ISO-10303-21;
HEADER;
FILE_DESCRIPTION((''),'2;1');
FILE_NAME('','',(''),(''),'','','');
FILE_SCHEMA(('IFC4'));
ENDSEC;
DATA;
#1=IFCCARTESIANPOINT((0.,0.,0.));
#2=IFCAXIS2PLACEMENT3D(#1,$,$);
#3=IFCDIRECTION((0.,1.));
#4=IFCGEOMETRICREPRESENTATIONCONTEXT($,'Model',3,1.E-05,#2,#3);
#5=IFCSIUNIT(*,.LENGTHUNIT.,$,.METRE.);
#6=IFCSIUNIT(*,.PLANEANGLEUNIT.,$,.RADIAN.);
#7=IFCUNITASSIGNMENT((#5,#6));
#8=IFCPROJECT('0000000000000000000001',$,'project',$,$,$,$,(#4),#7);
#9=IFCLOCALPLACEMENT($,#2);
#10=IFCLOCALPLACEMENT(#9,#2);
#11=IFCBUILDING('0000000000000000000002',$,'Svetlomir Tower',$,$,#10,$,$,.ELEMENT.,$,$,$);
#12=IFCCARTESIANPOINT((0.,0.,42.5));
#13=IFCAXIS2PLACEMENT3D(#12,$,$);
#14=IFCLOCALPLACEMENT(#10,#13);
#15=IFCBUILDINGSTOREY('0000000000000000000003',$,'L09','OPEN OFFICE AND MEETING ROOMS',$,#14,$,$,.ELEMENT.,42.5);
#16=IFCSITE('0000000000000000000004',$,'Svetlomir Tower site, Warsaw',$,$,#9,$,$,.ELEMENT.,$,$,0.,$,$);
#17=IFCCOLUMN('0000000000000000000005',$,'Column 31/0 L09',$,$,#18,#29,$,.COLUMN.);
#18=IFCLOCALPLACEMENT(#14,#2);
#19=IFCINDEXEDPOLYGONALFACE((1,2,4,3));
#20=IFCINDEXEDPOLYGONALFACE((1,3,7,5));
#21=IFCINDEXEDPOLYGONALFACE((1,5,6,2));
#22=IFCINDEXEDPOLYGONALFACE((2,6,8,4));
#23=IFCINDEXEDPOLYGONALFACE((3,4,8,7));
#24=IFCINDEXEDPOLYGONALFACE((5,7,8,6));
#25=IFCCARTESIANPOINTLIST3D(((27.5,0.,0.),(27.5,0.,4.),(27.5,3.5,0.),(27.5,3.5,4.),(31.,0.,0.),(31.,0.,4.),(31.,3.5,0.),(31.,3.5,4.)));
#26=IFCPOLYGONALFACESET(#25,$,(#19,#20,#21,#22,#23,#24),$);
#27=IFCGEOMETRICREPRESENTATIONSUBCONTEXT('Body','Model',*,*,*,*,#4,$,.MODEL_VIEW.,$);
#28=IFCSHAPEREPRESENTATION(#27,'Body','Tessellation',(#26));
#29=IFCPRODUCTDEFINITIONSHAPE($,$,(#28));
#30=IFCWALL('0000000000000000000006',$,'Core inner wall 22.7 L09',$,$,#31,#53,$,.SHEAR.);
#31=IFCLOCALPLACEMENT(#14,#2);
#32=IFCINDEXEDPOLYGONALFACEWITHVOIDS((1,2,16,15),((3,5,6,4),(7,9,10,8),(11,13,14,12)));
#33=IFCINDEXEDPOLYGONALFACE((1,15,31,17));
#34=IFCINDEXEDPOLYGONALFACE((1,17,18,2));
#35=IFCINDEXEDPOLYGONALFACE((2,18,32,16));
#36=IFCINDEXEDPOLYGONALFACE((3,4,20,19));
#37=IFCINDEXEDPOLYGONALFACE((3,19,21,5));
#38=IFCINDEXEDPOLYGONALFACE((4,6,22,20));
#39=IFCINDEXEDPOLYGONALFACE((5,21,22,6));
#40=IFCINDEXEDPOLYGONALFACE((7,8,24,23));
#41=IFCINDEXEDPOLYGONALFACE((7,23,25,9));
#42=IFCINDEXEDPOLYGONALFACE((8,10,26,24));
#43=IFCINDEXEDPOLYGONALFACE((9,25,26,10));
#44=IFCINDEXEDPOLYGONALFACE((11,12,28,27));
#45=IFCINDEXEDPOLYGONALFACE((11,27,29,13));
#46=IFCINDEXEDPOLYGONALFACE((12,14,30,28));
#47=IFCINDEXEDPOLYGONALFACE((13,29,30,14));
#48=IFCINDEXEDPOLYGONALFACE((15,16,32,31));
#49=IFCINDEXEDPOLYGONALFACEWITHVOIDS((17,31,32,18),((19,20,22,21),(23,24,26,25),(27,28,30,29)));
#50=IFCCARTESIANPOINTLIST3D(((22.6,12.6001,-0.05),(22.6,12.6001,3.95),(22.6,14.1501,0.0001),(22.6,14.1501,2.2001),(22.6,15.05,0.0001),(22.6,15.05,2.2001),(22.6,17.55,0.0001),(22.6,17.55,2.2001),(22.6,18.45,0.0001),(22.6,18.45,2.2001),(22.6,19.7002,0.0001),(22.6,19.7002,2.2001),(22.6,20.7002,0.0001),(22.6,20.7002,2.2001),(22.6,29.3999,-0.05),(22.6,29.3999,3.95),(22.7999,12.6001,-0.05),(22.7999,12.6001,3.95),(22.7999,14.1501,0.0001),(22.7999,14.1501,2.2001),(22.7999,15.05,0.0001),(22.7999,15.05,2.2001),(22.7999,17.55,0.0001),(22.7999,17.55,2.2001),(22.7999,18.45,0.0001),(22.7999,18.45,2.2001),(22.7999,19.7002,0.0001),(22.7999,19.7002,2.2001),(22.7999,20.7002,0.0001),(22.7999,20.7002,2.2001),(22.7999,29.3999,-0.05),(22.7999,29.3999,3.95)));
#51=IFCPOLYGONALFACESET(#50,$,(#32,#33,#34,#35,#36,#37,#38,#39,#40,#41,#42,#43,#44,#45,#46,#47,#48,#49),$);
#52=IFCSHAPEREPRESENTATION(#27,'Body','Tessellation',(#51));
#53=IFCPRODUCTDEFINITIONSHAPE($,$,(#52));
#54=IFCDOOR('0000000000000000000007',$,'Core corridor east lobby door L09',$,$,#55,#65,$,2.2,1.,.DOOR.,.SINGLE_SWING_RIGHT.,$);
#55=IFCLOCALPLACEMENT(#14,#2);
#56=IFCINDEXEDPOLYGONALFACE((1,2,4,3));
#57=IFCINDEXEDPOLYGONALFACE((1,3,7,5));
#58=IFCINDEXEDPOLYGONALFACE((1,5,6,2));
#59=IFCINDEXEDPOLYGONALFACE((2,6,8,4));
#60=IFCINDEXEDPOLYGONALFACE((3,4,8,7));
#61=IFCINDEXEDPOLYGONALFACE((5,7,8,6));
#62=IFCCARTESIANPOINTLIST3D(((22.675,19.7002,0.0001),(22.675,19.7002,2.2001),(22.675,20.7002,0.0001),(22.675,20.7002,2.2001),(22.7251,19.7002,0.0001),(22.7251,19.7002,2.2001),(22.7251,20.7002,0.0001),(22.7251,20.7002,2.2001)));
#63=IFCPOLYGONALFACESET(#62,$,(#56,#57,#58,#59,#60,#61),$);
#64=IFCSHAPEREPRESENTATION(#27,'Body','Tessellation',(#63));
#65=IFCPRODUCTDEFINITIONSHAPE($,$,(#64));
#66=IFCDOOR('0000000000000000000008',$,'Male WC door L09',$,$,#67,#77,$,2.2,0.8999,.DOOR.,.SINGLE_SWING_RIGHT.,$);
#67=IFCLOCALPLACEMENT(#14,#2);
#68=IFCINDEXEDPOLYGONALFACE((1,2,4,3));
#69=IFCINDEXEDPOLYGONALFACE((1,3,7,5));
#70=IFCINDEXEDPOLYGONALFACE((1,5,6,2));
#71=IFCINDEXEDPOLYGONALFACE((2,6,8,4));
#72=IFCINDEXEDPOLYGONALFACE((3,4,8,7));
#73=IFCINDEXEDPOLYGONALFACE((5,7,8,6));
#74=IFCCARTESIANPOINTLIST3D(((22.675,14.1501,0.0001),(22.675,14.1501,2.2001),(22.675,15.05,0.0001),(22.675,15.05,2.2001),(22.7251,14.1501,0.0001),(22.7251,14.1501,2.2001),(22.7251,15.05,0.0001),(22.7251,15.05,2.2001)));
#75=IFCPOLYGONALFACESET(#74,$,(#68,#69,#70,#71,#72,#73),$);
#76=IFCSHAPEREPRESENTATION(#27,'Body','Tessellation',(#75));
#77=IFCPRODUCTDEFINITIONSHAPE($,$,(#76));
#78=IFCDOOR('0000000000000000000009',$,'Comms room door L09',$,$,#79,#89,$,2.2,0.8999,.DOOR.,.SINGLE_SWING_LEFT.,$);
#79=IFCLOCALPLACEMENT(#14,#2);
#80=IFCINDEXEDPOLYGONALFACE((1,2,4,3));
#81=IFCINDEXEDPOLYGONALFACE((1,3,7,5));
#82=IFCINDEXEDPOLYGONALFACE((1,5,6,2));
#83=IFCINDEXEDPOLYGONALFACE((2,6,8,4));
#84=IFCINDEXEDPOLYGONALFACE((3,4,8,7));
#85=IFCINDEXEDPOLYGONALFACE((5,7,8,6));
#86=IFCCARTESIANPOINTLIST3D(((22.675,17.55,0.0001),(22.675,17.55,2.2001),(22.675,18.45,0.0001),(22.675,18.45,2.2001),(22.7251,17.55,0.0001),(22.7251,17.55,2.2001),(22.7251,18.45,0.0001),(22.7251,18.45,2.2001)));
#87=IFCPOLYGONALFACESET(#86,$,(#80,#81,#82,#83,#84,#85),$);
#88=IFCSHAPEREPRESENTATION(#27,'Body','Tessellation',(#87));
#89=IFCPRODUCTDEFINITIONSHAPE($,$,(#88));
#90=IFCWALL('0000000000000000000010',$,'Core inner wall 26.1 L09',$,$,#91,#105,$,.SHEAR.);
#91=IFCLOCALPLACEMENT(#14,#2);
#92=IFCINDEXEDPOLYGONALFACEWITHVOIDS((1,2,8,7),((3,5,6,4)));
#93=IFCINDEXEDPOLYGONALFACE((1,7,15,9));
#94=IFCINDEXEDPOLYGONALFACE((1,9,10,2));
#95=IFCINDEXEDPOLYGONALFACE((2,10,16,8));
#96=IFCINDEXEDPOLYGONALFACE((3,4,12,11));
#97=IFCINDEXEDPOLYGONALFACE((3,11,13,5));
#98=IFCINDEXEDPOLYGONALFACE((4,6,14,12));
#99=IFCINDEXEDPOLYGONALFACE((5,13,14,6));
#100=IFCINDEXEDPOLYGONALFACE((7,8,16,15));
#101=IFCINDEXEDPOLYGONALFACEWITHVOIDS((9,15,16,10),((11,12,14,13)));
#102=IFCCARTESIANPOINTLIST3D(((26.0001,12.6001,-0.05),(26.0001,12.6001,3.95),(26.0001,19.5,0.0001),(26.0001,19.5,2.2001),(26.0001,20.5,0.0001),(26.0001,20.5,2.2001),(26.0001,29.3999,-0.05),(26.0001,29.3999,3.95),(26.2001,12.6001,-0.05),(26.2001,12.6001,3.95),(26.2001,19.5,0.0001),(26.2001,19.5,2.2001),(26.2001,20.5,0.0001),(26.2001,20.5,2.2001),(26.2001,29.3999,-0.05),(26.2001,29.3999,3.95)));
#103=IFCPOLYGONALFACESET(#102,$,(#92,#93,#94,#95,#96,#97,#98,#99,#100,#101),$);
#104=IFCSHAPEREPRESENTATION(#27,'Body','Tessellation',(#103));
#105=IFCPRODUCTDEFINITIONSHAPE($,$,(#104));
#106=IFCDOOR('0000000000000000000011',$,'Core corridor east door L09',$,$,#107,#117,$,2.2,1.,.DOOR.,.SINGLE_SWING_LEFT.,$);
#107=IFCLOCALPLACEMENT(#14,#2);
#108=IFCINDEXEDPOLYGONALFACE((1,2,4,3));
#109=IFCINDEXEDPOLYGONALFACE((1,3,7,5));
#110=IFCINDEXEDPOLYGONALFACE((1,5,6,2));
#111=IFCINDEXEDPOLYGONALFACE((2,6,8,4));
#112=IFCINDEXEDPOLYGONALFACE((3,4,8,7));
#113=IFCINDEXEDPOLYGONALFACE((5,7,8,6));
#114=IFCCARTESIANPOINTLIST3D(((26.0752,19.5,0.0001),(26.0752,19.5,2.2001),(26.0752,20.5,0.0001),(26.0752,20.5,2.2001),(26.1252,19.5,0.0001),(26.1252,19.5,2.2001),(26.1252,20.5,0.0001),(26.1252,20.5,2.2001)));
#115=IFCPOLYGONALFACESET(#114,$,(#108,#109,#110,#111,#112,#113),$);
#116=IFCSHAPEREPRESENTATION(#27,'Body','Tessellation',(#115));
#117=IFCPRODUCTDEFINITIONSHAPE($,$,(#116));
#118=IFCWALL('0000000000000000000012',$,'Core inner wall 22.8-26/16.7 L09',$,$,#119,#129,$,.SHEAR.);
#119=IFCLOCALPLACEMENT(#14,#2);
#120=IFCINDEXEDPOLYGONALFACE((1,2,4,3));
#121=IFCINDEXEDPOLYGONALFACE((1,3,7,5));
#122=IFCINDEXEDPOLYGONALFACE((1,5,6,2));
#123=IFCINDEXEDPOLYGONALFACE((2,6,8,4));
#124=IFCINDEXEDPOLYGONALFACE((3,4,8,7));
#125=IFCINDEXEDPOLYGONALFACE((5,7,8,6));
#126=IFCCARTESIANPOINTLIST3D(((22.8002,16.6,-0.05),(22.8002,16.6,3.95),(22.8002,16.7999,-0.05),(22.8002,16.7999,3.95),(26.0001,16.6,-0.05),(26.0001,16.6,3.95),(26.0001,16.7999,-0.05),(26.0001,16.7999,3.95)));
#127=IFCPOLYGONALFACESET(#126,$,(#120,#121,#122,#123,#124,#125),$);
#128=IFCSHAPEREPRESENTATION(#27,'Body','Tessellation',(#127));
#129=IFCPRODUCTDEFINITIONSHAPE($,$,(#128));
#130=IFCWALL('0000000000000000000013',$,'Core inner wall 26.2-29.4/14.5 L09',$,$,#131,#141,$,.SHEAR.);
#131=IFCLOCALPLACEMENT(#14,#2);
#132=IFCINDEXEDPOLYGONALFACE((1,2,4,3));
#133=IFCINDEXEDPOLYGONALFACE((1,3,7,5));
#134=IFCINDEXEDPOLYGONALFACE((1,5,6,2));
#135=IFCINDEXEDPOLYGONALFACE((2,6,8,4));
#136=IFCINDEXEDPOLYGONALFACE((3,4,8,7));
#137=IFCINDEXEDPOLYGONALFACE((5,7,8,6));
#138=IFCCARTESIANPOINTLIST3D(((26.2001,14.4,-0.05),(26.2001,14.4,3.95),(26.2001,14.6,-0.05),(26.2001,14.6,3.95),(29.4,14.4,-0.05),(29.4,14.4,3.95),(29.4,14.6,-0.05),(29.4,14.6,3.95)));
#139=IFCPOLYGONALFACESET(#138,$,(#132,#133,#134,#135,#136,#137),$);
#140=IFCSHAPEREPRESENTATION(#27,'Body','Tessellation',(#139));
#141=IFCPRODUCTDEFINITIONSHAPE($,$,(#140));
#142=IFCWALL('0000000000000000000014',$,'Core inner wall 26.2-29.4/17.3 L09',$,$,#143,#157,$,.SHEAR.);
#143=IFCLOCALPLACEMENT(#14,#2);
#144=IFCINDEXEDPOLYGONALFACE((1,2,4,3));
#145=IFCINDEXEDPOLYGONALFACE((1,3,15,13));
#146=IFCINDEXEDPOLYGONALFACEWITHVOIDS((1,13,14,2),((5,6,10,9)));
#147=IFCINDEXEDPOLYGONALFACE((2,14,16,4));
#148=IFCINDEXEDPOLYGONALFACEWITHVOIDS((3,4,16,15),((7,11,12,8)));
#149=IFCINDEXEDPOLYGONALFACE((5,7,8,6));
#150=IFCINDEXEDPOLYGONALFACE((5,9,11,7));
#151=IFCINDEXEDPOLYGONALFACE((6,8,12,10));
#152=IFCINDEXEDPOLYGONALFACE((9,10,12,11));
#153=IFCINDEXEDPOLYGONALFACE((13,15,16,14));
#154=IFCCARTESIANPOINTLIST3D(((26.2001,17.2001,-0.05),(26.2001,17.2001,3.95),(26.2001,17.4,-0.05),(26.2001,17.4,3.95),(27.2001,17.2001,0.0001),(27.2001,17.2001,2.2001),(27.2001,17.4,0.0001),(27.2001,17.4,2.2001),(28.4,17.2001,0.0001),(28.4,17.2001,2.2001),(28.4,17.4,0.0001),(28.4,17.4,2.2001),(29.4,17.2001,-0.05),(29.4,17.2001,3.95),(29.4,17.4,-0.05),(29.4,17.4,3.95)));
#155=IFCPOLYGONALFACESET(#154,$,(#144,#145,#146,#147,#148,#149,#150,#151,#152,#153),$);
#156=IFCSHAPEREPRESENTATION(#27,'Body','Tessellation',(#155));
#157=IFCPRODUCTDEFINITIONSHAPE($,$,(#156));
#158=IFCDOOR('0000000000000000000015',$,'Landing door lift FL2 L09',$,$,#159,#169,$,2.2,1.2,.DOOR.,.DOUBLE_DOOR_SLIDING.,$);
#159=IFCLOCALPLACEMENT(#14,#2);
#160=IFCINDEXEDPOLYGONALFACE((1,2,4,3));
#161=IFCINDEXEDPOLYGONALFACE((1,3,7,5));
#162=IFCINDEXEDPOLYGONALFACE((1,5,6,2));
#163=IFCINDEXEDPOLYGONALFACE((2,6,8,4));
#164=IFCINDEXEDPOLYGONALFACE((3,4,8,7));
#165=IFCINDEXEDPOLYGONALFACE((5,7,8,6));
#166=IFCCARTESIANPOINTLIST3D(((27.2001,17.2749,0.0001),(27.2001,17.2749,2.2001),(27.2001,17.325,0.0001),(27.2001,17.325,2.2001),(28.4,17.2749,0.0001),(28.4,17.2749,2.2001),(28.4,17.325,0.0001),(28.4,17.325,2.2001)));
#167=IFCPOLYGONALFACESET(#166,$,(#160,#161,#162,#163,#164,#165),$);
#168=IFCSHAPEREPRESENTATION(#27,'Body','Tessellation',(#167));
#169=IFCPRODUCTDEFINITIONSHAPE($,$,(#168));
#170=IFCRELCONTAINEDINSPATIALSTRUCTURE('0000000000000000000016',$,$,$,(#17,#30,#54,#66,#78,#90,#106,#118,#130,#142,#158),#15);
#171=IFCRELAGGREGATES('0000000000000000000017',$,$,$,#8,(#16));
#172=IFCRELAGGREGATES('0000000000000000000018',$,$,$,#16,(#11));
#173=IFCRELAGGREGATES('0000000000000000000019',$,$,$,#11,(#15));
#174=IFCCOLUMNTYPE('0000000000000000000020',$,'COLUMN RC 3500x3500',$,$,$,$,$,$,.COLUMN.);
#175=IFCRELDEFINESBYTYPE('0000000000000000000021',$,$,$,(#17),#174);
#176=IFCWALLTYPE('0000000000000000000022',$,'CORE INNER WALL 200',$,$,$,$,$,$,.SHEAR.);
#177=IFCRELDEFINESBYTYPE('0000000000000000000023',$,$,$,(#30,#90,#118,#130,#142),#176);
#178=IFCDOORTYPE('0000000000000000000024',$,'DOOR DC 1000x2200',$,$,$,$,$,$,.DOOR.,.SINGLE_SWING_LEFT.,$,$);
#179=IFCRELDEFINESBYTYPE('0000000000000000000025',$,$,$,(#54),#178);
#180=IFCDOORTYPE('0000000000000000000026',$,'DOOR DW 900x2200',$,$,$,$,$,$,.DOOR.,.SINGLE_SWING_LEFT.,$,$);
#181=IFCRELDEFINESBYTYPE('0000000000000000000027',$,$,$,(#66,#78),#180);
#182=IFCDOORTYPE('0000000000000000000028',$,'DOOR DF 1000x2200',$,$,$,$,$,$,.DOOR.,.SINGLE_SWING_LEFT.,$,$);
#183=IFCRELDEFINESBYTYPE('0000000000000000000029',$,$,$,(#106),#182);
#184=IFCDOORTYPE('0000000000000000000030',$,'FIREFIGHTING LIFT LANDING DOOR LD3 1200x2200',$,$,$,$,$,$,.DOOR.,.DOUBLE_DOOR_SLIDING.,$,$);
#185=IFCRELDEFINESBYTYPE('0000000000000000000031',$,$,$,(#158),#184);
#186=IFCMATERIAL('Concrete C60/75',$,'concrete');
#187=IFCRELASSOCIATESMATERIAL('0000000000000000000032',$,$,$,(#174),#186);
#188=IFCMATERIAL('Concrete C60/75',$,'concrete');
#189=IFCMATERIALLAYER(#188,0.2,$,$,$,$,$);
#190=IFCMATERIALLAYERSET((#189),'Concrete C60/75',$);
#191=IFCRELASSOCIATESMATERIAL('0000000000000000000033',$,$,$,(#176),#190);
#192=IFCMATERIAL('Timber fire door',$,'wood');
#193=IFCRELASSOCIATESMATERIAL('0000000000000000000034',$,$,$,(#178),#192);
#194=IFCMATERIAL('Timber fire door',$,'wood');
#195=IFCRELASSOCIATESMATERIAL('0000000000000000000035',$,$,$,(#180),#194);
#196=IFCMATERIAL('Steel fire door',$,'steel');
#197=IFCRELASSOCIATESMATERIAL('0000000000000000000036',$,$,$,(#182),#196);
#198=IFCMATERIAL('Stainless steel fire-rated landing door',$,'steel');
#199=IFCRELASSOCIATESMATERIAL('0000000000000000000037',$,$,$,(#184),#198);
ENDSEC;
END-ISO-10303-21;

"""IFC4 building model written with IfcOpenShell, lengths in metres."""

from ifc_helpers import new_model, si_unit, direction, frame, frame_2d, origin, origin_2d, place, context, subcontext, project, spatial, rectangle, extrude, material, layer, layer_set, material_profile, profile_set, type_object, element, fill, save


model = new_model("IFC4")

# Units and contexts
model_context = context("Model", 3, precision=1e-05, world=origin(), true_north=direction((0.0, 1.0)))
body_context = subcontext(model_context, "Body", "Model", "MODEL_VIEW")
ifc_project = project(units=[si_unit("LENGTHUNIT", "METRE"), si_unit("PLANEANGLEUNIT", "RADIAN")], contexts=[model_context])

# Site, building, storey
site_placement = place(None, origin())
site = spatial("IfcSite", under=ifc_project, at=site_placement, Name="Svetlomir Tower site, Warsaw", CompositionType="ELEMENT", RefElevation=0.0)
building_placement = place(site_placement, origin())
building = spatial("IfcBuilding", under=site, at=building_placement, Name="Svetlomir Tower", CompositionType="ELEMENT")
storey_placement = place(building_placement, frame((0.0, 0.0, 42.5)))
storey = spatial("IfcBuildingStorey", under=building, at=storey_placement, Name="L09", Description="OPEN OFFICE AND MEETING ROOMS", CompositionType="ELEMENT", Elevation=42.5)

# Column
ifc_material_1 = material(Name="Concrete C60/75", Category="concrete")
ifc_material_profile = material_profile(ifc_material_1, rectangle(XDim=3.5, YDim=3.5, at=origin_2d()), Name="RC 3500x3500")
ifc_profile_set = profile_set([ifc_material_profile], Name="Concrete C60/75")
column_type = type_object("IfcColumnType", Name="COLUMN RC 3500x3500", PredefinedType="COLUMN", material=ifc_profile_set)
column_placement = place(storey_placement, frame((29.25, 1.75, 0.0), z_axis=(0.0, 0.0, 1.0), x_axis=(1.0, 0.0, 0.0)))
element("IfcColumn", 1, at=column_placement, inside=storey, type_object=column_type, Name="Column 31/0 L09", PredefinedType="COLUMN", context=body_context, shape_type="SweptSolid", body=[
    extrude(rectangle(XDim=3.5, YDim=3.5, at=origin_2d()), origin(), (0.0, 0.0, 1.0), 4.0),
])

# Wall, openings, doors
ifc_material_2 = material(Name="Concrete C60/75", Category="concrete")
ifc_layer_1 = layer(ifc_material_2, 0.2)
ifc_layer_set_1 = layer_set([ifc_layer_1], Name="Concrete C60/75")
wall_type_1 = type_object("IfcWallType", Name="CORE INNER WALL 200", PredefinedType="SHEAR", material=ifc_layer_set_1)
wall_1_placement = place(storey_placement, frame((22.7, 12.6001, -0.05), z_axis=(0.0, 0.0, 1.0), x_axis=(0.0, 1.0, 0.0)))
wall_1 = element("IfcWall", 2, at=wall_1_placement, inside=storey, type_object=wall_type_1, Name="Core inner wall 22.7 L09", PredefinedType="SHEAR", context=body_context, shape_type="SweptSolid", body=[
    extrude(rectangle(XDim=16.7998, YDim=0.2, at=frame_2d((8.3999, 0.0))), origin(), (0.0, 0.0, 1.0), 4.0),
])
opening_1_placement = place(wall_1_placement, frame((7.1001, 0.0, 0.05)))
opening_1 = element("IfcOpeningElement", 3, at=opening_1_placement, cuts=wall_1, PredefinedType="OPENING", context=body_context, shape_type="SweptSolid", body=[
    extrude(rectangle(XDim=1.0, YDim=2.2, at=frame_2d((0.5, 1.1001))), frame((0.0, 0.1099, 0.0), z_axis=(0.0, -1.0, 0.0), x_axis=(1.0, 0.0, 0.0)), (0.0, 0.0, 1.0), 0.22),
])
opening_2_placement = place(wall_1_placement, frame((1.55, 0.0, 0.05)))
opening_2 = element("IfcOpeningElement", 4, at=opening_2_placement, cuts=wall_1, PredefinedType="OPENING", context=body_context, shape_type="SweptSolid", body=[
    extrude(rectangle(XDim=0.8999, YDim=2.2, at=frame_2d((0.45, 1.1001))), frame((0.0, 0.1099, 0.0), z_axis=(0.0, -1.0, 0.0), x_axis=(1.0, 0.0, 0.0)), (0.0, 0.0, 1.0), 0.22),
])
opening_3_placement = place(wall_1_placement, frame((4.95, 0.0, 0.05)))
opening_3 = element("IfcOpeningElement", 5, at=opening_3_placement, cuts=wall_1, PredefinedType="OPENING", context=body_context, shape_type="SweptSolid", body=[
    extrude(rectangle(XDim=0.8999, YDim=2.2, at=frame_2d((0.45, 1.1001))), frame((0.0, 0.1099, 0.0), z_axis=(0.0, -1.0, 0.0), x_axis=(1.0, 0.0, 0.0)), (0.0, 0.0, 1.0), 0.22),
])
ifc_material_3 = material(Name="Timber fire door", Category="wood")
door_type_1 = type_object("IfcDoorType", Name="DOOR DC 1000x2200", OperationType="SINGLE_SWING_LEFT", PredefinedType="DOOR", material=ifc_material_3)
door_1_placement = place(opening_1_placement, origin())
door_1 = element("IfcDoor", 6, at=door_1_placement, inside=storey, type_object=door_type_1, Name="Core corridor east lobby door L09", OperationType="SINGLE_SWING_RIGHT", OverallHeight=2.2, OverallWidth=1.0, PredefinedType="DOOR", context=body_context, shape_type="SweptSolid", body=[
    extrude(rectangle(XDim=1.0, YDim=2.2, at=frame_2d((0.5, 1.1001))), frame((0.0, 0.0249, 0.0), z_axis=(0.0, -1.0, 0.0), x_axis=(1.0, 0.0, 0.0)), (0.0, 0.0, 1.0), 0.05),
])
fill(opening_1, door_1)
ifc_material_4 = material(Name="Timber fire door", Category="wood")
door_type_2 = type_object("IfcDoorType", Name="DOOR DW 900x2200", OperationType="SINGLE_SWING_LEFT", PredefinedType="DOOR", material=ifc_material_4)
door_2_placement = place(opening_2_placement, origin())
door_2 = element("IfcDoor", 7, at=door_2_placement, inside=storey, type_object=door_type_2, Name="Male WC door L09", OperationType="SINGLE_SWING_RIGHT", OverallHeight=2.2, OverallWidth=0.8999, PredefinedType="DOOR", context=body_context, shape_type="SweptSolid", body=[
    extrude(rectangle(XDim=0.8999, YDim=2.2, at=frame_2d((0.45, 1.1001))), frame((0.0, 0.0249, 0.0), z_axis=(0.0, -1.0, 0.0), x_axis=(1.0, 0.0, 0.0)), (0.0, 0.0, 1.0), 0.05),
])
fill(opening_2, door_2)
door_3_placement = place(opening_3_placement, origin())
door_3 = element("IfcDoor", 8, at=door_3_placement, inside=storey, type_object=door_type_2, Name="Comms room door L09", OperationType="SINGLE_SWING_LEFT", OverallHeight=2.2, OverallWidth=0.8999, PredefinedType="DOOR", context=body_context, shape_type="SweptSolid", body=[
    extrude(rectangle(XDim=0.8999, YDim=2.2, at=frame_2d((0.45, 1.1001))), frame((0.0, 0.0249, 0.0), z_axis=(0.0, -1.0, 0.0), x_axis=(1.0, 0.0, 0.0)), (0.0, 0.0, 1.0), 0.05),
])
fill(opening_3, door_3)

# Wall, opening, door
wall_2_placement = place(storey_placement, frame((26.1001, 12.6001, -0.05), z_axis=(0.0, 0.0, 1.0), x_axis=(0.0, 1.0, 0.0)))
wall_2 = element("IfcWall", 9, at=wall_2_placement, inside=storey, type_object=wall_type_1, Name="Core inner wall 26.1 L09", PredefinedType="SHEAR", context=body_context, shape_type="SweptSolid", body=[
    extrude(rectangle(XDim=16.7998, YDim=0.2, at=frame_2d((8.3999, 0.0))), origin(), (0.0, 0.0, 1.0), 4.0),
])
opening_4_placement = place(wall_2_placement, frame((6.8999, 0.0, 0.05)))
opening_4 = element("IfcOpeningElement", 10, at=opening_4_placement, cuts=wall_2, PredefinedType="OPENING", context=body_context, shape_type="SweptSolid", body=[
    extrude(rectangle(XDim=1.0, YDim=2.2, at=frame_2d((0.5, 1.1001))), frame((0.0, 0.1099, 0.0), z_axis=(0.0, -1.0, 0.0), x_axis=(1.0, 0.0, 0.0)), (0.0, 0.0, 1.0), 0.22),
])
ifc_material_5 = material(Name="Steel fire door", Category="steel")
door_type_3 = type_object("IfcDoorType", Name="DOOR DF 1000x2200", OperationType="SINGLE_SWING_LEFT", PredefinedType="DOOR", material=ifc_material_5)
door_4_placement = place(opening_4_placement, origin())
door_4 = element("IfcDoor", 11, at=door_4_placement, inside=storey, type_object=door_type_3, Name="Core corridor east door L09", OperationType="SINGLE_SWING_LEFT", OverallHeight=2.2, OverallWidth=1.0, PredefinedType="DOOR", context=body_context, shape_type="SweptSolid", body=[
    extrude(rectangle(XDim=1.0, YDim=2.2, at=frame_2d((0.5, 1.1001))), frame((0.0, 0.0249, 0.0), z_axis=(0.0, -1.0, 0.0), x_axis=(1.0, 0.0, 0.0)), (0.0, 0.0, 1.0), 0.05),
])
fill(opening_4, door_4)

# Walls
for number, where, z_axis, x_axis, name in (
    (12, (22.8, 16.7, -0.05), (0.0, 0.0, 1.0), (1.0, 0.0, 0.0), "Core inner wall 22.8-26/16.7 L09"),
    (13, (26.2, 14.5, -0.05), (0.0, 0.0, 1.0), (1.0, 0.0, 0.0), "Core inner wall 26.2-29.4/14.5 L09"),
):
    element("IfcWall", number, at=place(storey_placement, frame(where, z_axis=z_axis, x_axis=x_axis)), inside=storey, type_object=wall_type_1, Name=name, PredefinedType="SHEAR", context=body_context, shape_type="SweptSolid", body=[
        extrude(rectangle(XDim=3.2, YDim=0.2, at=frame_2d((1.6001, 0.0))), origin(), (0.0, 0.0, 1.0), 4.0),
    ])

# Wall, opening, door
wall_3_placement = place(storey_placement, frame((26.2, 17.3, -0.05), z_axis=(0.0, 0.0, 1.0), x_axis=(1.0, 0.0, 0.0)))
wall_3 = element("IfcWall", 14, at=wall_3_placement, inside=storey, type_object=wall_type_1, Name="Core inner wall 26.2-29.4/17.3 L09", PredefinedType="SHEAR", context=body_context, shape_type="SweptSolid", body=[
    extrude(rectangle(XDim=3.2, YDim=0.2, at=frame_2d((1.6001, 0.0))), origin(), (0.0, 0.0, 1.0), 4.0),
])
opening_5_placement = place(wall_3_placement, frame((1.0, 0.0, 0.05)))
opening_5 = element("IfcOpeningElement", 15, at=opening_5_placement, cuts=wall_3, PredefinedType="OPENING", context=body_context, shape_type="SweptSolid", body=[
    extrude(rectangle(XDim=1.2, YDim=2.2, at=frame_2d((0.6001, 1.1001))), frame((0.0, 0.1099, 0.0), z_axis=(0.0, -1.0, 0.0), x_axis=(1.0, 0.0, 0.0)), (0.0, 0.0, 1.0), 0.22),
])
ifc_material_6 = material(Name="Stainless steel fire-rated landing door", Category="steel")
door_type_4 = type_object("IfcDoorType", Name="FIREFIGHTING LIFT LANDING DOOR LD3 1200x2200", OperationType="DOUBLE_DOOR_SLIDING", PredefinedType="DOOR", material=ifc_material_6)
door_5_placement = place(opening_5_placement, origin())
door_5 = element("IfcDoor", 16, at=door_5_placement, inside=storey, type_object=door_type_4, Name="Landing door lift FL2 L09", OperationType="DOUBLE_DOOR_SLIDING", OverallHeight=2.2, OverallWidth=1.2, PredefinedType="DOOR", context=body_context, shape_type="SweptSolid", body=[
    extrude(rectangle(XDim=1.2, YDim=2.2, at=frame_2d((0.6001, 1.1001))), frame((0.0, 0.0249, 0.0), z_axis=(0.0, -1.0, 0.0), x_axis=(1.0, 0.0, 0.0)), (0.0, 0.0, 1.0), 0.05),
])
fill(opening_5, door_5)

save(model, "model.ifc")
